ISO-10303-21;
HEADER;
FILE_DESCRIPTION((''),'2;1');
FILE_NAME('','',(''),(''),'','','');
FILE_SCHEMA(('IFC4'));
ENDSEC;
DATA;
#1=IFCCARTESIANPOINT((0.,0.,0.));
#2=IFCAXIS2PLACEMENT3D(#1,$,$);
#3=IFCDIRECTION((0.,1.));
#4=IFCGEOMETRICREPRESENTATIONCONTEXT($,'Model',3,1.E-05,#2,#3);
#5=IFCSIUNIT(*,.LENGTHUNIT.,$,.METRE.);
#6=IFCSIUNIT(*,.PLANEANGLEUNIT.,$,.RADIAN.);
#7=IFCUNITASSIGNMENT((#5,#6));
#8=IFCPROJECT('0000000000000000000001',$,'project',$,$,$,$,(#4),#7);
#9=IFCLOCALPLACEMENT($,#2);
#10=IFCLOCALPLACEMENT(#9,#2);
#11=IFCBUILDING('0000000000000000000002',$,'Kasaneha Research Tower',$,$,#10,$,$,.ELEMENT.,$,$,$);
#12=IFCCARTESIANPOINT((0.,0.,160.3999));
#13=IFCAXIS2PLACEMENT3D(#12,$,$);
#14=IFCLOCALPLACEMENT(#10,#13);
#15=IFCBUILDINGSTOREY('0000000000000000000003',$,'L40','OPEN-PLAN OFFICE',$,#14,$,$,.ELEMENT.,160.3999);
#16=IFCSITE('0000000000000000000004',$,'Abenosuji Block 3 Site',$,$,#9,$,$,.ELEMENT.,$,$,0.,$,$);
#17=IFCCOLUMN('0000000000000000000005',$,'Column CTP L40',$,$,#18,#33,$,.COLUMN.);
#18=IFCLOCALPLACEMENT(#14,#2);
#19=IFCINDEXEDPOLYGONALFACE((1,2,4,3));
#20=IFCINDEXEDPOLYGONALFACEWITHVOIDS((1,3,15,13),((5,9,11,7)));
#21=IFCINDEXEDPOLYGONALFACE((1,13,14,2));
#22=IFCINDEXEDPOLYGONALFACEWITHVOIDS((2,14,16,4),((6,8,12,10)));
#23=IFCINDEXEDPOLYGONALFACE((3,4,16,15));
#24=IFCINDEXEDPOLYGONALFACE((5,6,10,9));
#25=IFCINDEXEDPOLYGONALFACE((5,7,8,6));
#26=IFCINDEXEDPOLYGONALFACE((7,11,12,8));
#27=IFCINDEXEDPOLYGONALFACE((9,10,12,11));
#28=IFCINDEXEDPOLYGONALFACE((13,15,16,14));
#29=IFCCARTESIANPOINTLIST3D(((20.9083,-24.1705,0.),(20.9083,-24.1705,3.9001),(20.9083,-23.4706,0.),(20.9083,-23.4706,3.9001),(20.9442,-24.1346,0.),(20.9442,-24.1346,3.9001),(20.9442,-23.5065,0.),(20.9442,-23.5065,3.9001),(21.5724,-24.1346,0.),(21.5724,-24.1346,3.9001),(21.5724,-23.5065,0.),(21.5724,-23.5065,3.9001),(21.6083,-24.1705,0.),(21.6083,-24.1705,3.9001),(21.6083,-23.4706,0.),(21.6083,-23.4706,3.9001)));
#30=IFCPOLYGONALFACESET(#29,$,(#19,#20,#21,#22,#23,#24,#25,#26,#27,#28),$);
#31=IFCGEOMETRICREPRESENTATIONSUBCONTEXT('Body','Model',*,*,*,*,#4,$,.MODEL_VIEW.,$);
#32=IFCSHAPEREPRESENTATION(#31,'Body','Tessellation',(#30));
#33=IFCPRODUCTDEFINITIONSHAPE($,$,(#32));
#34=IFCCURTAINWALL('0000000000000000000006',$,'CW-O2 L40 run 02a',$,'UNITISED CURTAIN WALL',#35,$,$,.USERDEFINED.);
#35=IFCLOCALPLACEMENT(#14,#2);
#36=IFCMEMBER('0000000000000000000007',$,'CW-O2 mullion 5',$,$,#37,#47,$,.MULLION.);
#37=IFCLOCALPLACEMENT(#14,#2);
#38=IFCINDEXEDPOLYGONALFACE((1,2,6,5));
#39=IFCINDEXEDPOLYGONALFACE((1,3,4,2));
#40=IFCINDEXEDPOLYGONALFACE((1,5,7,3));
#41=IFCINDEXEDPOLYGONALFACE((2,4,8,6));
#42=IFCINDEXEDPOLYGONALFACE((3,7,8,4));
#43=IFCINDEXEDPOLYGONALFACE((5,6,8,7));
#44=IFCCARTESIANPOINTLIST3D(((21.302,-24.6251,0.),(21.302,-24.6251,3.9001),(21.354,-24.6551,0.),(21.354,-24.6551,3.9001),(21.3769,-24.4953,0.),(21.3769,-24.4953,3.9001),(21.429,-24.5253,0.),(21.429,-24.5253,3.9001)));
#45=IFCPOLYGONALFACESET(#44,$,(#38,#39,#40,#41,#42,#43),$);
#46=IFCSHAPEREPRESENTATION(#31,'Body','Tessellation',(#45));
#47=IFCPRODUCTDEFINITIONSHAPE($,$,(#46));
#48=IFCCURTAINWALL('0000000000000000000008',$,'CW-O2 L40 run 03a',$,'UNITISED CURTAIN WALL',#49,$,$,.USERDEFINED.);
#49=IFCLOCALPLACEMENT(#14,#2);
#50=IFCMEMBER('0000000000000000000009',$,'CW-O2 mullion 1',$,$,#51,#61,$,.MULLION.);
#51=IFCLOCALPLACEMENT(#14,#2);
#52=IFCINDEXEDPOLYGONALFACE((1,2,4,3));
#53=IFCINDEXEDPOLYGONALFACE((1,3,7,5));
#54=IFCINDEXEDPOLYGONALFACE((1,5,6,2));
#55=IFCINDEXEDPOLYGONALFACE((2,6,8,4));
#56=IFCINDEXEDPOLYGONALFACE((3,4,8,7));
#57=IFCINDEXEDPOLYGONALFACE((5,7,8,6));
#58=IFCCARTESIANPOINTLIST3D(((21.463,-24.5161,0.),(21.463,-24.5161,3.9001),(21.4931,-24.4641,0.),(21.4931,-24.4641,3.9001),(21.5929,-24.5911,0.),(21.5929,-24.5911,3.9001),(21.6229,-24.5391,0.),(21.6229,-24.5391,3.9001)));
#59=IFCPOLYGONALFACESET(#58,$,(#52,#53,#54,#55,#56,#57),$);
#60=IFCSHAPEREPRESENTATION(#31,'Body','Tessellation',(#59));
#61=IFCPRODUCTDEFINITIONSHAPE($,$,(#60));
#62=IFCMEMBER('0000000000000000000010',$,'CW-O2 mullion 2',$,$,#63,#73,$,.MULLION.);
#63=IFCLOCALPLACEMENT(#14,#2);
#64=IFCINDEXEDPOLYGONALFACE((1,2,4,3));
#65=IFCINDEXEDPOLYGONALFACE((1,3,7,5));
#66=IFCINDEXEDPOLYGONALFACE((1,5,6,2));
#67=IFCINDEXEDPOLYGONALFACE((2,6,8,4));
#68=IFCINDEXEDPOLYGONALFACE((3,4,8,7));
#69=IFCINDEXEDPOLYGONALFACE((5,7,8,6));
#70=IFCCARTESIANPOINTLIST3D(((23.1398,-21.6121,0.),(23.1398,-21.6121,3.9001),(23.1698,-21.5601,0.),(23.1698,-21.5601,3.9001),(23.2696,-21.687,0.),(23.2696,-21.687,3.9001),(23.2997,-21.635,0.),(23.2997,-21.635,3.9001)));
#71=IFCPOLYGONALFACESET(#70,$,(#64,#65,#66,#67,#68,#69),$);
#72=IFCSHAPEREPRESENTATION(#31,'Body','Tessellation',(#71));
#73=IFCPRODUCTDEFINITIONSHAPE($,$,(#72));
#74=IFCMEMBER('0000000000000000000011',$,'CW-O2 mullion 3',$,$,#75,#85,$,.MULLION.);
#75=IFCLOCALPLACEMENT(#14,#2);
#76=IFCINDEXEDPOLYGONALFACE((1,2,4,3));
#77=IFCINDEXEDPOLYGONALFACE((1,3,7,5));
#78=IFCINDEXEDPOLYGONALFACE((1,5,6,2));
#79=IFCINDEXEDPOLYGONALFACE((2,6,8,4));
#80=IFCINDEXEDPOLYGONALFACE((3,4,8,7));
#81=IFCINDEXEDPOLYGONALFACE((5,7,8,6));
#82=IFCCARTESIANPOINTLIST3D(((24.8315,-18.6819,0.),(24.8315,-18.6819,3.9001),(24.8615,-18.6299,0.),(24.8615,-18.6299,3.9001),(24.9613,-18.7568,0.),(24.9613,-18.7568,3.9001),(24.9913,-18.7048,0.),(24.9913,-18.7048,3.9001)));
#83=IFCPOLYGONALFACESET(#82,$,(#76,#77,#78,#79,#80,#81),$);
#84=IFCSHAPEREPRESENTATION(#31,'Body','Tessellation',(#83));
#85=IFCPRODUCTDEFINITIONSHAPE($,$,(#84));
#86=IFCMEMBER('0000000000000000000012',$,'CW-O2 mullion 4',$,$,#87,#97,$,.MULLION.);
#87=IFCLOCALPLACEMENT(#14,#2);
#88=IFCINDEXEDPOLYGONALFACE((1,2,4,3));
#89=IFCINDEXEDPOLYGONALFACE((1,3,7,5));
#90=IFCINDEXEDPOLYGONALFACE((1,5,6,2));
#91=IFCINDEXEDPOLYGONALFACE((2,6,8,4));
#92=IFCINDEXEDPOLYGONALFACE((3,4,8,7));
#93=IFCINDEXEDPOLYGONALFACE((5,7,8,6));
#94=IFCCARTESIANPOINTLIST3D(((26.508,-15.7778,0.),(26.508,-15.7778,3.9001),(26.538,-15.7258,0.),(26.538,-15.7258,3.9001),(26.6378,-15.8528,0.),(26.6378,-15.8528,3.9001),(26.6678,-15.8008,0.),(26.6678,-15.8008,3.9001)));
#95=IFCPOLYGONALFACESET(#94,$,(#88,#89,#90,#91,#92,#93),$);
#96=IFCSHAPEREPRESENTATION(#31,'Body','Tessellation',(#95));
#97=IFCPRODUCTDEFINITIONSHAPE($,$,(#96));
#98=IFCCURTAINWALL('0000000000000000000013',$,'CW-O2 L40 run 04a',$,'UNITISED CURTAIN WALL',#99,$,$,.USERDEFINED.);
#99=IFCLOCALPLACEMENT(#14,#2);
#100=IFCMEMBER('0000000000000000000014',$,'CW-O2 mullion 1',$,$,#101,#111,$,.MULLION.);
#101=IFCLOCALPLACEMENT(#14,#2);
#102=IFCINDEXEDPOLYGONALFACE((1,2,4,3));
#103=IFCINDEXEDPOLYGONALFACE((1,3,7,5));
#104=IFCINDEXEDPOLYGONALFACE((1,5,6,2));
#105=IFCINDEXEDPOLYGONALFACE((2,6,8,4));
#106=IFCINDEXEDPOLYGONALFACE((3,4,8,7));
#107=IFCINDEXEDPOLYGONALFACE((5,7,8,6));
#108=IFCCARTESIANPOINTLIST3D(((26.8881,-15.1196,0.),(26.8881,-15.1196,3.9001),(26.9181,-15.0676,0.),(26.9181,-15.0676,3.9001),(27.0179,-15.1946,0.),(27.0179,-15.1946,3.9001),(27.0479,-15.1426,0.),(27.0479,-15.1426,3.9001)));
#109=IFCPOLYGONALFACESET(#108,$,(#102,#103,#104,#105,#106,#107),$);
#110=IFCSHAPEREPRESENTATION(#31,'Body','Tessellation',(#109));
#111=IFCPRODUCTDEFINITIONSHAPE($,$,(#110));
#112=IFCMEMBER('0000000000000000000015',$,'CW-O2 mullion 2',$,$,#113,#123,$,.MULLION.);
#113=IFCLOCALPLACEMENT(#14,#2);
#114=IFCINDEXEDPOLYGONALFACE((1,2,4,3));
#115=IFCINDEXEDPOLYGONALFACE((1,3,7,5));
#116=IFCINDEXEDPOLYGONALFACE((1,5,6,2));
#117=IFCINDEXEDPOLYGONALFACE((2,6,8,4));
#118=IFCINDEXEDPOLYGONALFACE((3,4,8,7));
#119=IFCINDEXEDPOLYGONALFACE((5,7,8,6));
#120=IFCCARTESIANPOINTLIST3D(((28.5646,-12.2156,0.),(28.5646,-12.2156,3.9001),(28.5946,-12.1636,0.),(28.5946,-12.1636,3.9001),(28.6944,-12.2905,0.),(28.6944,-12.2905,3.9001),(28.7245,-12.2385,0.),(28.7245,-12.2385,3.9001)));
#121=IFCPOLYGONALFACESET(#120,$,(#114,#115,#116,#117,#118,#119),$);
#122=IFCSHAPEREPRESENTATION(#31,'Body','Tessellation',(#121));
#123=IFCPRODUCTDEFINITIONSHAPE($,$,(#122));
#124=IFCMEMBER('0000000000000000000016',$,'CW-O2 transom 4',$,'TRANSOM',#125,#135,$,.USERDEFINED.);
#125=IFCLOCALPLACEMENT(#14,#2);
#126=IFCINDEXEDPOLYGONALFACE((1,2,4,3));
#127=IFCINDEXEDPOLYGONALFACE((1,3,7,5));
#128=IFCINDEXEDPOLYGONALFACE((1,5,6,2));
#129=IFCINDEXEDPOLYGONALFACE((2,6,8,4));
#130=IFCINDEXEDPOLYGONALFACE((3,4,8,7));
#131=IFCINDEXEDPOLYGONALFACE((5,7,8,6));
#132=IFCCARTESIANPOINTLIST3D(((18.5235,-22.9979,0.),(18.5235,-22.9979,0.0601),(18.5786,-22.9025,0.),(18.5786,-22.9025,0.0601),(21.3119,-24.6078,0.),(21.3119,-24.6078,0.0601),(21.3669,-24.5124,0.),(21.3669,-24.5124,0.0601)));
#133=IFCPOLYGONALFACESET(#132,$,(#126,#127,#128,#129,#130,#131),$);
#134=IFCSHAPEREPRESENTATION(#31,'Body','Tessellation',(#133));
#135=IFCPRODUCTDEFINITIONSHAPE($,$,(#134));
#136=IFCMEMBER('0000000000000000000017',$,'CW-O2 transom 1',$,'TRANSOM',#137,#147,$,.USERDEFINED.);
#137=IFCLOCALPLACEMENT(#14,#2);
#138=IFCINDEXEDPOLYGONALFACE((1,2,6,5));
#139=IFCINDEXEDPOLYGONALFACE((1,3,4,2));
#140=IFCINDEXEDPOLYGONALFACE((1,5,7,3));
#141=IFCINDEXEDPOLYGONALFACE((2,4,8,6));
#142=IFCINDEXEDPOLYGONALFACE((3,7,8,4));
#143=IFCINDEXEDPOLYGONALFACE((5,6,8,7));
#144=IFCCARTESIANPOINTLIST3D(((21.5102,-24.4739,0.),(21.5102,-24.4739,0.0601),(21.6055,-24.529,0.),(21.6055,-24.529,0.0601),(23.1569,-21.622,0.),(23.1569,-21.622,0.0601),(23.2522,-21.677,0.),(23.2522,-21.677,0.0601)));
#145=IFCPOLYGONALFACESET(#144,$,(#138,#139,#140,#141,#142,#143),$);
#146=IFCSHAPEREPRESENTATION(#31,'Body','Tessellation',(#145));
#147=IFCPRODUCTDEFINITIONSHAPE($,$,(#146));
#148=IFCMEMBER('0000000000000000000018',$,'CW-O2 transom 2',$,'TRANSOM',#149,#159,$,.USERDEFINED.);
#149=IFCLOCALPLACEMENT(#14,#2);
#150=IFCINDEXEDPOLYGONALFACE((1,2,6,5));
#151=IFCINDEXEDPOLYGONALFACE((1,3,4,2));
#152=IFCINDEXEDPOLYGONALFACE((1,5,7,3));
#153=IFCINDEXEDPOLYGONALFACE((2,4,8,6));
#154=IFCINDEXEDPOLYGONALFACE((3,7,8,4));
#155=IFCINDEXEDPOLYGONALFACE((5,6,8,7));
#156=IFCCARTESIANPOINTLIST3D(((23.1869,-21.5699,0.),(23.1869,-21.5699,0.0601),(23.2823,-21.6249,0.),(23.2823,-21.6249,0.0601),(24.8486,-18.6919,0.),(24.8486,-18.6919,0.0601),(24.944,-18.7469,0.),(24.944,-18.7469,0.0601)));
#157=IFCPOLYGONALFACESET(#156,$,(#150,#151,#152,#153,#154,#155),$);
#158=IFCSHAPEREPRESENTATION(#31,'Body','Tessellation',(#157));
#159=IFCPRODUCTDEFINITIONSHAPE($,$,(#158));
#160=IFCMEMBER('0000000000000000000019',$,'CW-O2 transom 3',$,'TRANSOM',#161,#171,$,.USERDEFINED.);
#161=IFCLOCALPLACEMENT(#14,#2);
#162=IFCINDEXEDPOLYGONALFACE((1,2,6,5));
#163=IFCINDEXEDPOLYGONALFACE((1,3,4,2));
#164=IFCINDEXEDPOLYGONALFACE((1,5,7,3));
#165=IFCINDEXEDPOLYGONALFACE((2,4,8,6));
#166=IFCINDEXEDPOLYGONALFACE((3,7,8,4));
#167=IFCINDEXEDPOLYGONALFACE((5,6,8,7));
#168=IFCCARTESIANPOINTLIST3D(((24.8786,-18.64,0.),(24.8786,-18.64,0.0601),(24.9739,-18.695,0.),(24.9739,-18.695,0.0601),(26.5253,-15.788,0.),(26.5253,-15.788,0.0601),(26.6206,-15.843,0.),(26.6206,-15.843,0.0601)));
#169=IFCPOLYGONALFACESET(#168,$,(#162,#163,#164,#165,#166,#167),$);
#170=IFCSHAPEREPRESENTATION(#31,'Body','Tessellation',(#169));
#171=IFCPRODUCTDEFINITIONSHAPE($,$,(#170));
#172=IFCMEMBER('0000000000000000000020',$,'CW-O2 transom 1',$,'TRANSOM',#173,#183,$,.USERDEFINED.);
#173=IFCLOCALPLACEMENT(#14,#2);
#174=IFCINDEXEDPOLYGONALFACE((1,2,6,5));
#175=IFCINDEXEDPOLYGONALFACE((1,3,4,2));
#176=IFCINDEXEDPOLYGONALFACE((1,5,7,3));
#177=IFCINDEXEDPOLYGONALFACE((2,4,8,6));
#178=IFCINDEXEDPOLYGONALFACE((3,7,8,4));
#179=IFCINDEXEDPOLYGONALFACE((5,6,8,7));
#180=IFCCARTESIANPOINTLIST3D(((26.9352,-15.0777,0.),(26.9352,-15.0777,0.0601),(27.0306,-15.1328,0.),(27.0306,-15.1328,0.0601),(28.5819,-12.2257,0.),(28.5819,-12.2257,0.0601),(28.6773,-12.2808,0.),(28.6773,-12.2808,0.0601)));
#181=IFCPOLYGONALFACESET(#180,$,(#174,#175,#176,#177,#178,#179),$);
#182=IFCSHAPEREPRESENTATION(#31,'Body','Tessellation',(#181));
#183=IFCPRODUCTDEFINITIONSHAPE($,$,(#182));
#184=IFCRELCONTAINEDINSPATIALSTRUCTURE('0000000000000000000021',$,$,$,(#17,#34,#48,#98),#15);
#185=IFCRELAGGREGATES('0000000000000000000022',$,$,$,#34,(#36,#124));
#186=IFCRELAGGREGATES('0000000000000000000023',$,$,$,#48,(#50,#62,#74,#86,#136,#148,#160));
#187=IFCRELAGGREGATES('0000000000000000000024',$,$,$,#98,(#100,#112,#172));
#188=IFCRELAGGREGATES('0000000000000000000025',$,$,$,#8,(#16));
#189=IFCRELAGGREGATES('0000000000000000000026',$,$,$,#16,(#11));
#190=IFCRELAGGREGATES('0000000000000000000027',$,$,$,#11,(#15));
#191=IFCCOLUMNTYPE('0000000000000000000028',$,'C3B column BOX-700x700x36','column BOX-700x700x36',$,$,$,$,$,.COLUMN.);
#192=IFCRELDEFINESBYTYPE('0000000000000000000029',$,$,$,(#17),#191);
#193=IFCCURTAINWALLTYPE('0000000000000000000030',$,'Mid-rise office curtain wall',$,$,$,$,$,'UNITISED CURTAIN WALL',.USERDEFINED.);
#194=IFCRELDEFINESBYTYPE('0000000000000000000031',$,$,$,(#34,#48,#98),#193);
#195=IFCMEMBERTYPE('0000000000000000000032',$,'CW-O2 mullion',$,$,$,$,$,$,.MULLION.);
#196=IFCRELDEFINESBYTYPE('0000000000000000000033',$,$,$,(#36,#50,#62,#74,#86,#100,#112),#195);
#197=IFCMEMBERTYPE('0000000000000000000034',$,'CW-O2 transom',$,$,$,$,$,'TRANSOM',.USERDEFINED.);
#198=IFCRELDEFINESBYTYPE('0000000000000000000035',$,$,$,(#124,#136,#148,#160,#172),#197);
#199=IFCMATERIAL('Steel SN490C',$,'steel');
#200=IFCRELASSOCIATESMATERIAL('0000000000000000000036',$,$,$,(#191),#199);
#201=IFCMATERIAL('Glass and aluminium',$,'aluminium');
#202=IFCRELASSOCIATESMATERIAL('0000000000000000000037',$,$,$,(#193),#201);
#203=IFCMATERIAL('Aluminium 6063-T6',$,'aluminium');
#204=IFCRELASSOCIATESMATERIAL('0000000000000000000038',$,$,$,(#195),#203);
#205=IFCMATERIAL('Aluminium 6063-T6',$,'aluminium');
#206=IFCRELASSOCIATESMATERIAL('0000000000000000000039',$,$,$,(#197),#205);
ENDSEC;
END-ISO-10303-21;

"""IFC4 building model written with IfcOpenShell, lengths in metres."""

from ifc_helpers import new_model, si_unit, direction, frame, origin, origin_2d, place, context, subcontext, project, spatial, rectangle, hollow_rectangle, extrude, material, material_profile, profile_set, type_object, element, aggregate, save


model = new_model("IFC4")

# Units and contexts
model_context = context("Model", 3, precision=1e-05, world=origin(), true_north=direction((0.0, 1.0)))
body_context = subcontext(model_context, "Body", "Model", "MODEL_VIEW")
ifc_project = project(units=[si_unit("LENGTHUNIT", "METRE"), si_unit("PLANEANGLEUNIT", "RADIAN")], contexts=[model_context])

# Site, building, storey
site_placement = place(None, origin())
site = spatial("IfcSite", under=ifc_project, at=site_placement, Name="Abenosuji Block 3 Site", CompositionType="ELEMENT", RefElevation=0.0)
building_placement = place(site_placement, origin())
building = spatial("IfcBuilding", under=site, at=building_placement, Name="Kasaneha Research Tower", CompositionType="ELEMENT")
storey_placement = place(building_placement, frame((0.0, 0.0, 160.3999)))
storey = spatial("IfcBuildingStorey", under=building, at=storey_placement, Name="L40", Description="OPEN-PLAN OFFICE", CompositionType="ELEMENT", Elevation=160.3999)

# Column
ifc_material_1 = material(Name="Steel SN490C", Category="steel")
ifc_material_profile_1 = material_profile(ifc_material_1, hollow_rectangle(XDim=0.7, YDim=0.7, WallThickness=0.0359, at=origin_2d()), Name="BOX-700x700x36")
ifc_profile_set_1 = profile_set([ifc_material_profile_1], Name="Steel SN490C")
column_type = type_object("IfcColumnType", Name="C3B column BOX-700x700x36", Description="column BOX-700x700x36", PredefinedType="COLUMN", material=ifc_profile_set_1)
column_placement = place(storey_placement, frame((21.2583, -23.8206, 0.0), z_axis=(0.0, 0.0, 1.0), x_axis=(1.0, 0.0, 0.0)))
element("IfcColumn", 1, at=column_placement, inside=storey, type_object=column_type, Name="Column CTP L40", PredefinedType="COLUMN", context=body_context, shape_type="SweptSolid", body=[
    extrude(hollow_rectangle(XDim=0.7, YDim=0.7, WallThickness=0.0359, at=origin_2d()), origin(), (0.0, 0.0, 1.0), 3.9001),
])

# Curtain wall, member
ifc_material_2 = material(Name="Glass and aluminium", Category="aluminium")
curtain_wall_type = type_object("IfcCurtainWallType", Name="Mid-rise office curtain wall", ElementType="UNITISED CURTAIN WALL", PredefinedType="USERDEFINED", material=ifc_material_2)
curtain_wall_1_placement = place(storey_placement, origin())
curtain_wall_1 = element("IfcCurtainWall", 2, at=curtain_wall_1_placement, inside=storey, type_object=curtain_wall_type, Name="CW-O2 L40 run 02a", ObjectType="UNITISED CURTAIN WALL", PredefinedType="USERDEFINED")
ifc_material_3 = material(Name="Aluminium 6063-T6", Category="aluminium")
ifc_material_profile_2 = material_profile(ifc_material_3, rectangle(XDim=0.0601, YDim=0.1499, at=origin_2d()), Name="CW-O2 mullion 60x150")
ifc_profile_set_2 = profile_set([ifc_material_profile_2], Name="Aluminium 6063-T6")
member_type_1 = type_object("IfcMemberType", Name="CW-O2 mullion", PredefinedType="MULLION", material=ifc_profile_set_2)
member_1_placement = place(storey_placement, frame((21.3655, -24.5752, 0.0), z_axis=(0.0, 0.0, 1.0), x_axis=(0.866025, -0.5, 0.0)))
member_1 = element("IfcMember", 3, at=member_1_placement, type_object=member_type_1, Name="CW-O2 mullion 5", PredefinedType="MULLION", context=body_context, shape_type="SweptSolid", body=[
    extrude(rectangle(XDim=0.0601, YDim=0.1499, at=origin_2d()), origin(), (0.0, 0.0, 1.0), 3.9001),
])

# Curtain walls, members
curtain_wall_2_placement = place(storey_placement, origin())
curtain_wall_2 = element("IfcCurtainWall", 4, at=curtain_wall_2_placement, inside=storey, type_object=curtain_wall_type, Name="CW-O2 L40 run 03a", ObjectType="UNITISED CURTAIN WALL", PredefinedType="USERDEFINED")
member_2_placement = place(storey_placement, frame((21.543, -24.5276, 0.0), z_axis=(0.0, 0.0, 1.0), x_axis=(0.5, 0.866025, 0.0)))
member_2 = element("IfcMember", 5, at=member_2_placement, type_object=member_type_1, Name="CW-O2 mullion 1", PredefinedType="MULLION", context=body_context, shape_type="SweptSolid", body=[
    extrude(rectangle(XDim=0.0601, YDim=0.1499, at=origin_2d()), origin(), (0.0, 0.0, 1.0), 3.9001),
])
member_3_placement = place(storey_placement, frame((23.2197, -21.6235, 0.0), z_axis=(0.0, 0.0, 1.0), x_axis=(0.5, 0.866025, 0.0)))
member_3 = element("IfcMember", 6, at=member_3_placement, type_object=member_type_1, Name="CW-O2 mullion 2", PredefinedType="MULLION", context=body_context, shape_type="SweptSolid", body=[
    extrude(rectangle(XDim=0.0601, YDim=0.1499, at=origin_2d()), origin(), (0.0, 0.0, 1.0), 3.9001),
])
member_4_placement = place(storey_placement, frame((24.9114, -18.6934, 0.0), z_axis=(0.0, 0.0, 1.0), x_axis=(0.5, 0.866025, 0.0)))
member_4 = element("IfcMember", 7, at=member_4_placement, type_object=member_type_1, Name="CW-O2 mullion 3", PredefinedType="MULLION", context=body_context, shape_type="SweptSolid", body=[
    extrude(rectangle(XDim=0.0601, YDim=0.1499, at=origin_2d()), origin(), (0.0, 0.0, 1.0), 3.9001),
])
member_5_placement = place(storey_placement, frame((26.5879, -15.7893, 0.0), z_axis=(0.0, 0.0, 1.0), x_axis=(0.5, 0.866025, 0.0)))
member_5 = element("IfcMember", 8, at=member_5_placement, type_object=member_type_1, Name="CW-O2 mullion 4", PredefinedType="MULLION", context=body_context, shape_type="SweptSolid", body=[
    extrude(rectangle(XDim=0.0601, YDim=0.1499, at=origin_2d()), origin(), (0.0, 0.0, 1.0), 3.9001),
])
curtain_wall_3_placement = place(storey_placement, origin())
curtain_wall_3 = element("IfcCurtainWall", 9, at=curtain_wall_3_placement, inside=storey, type_object=curtain_wall_type, Name="CW-O2 L40 run 04a", ObjectType="UNITISED CURTAIN WALL", PredefinedType="USERDEFINED")
member_6_placement = place(storey_placement, frame((26.968, -15.1311, 0.0), z_axis=(0.0, 0.0, 1.0), x_axis=(0.5, 0.866025, 0.0)))
member_6 = element("IfcMember", 10, at=member_6_placement, type_object=member_type_1, Name="CW-O2 mullion 1", PredefinedType="MULLION", context=body_context, shape_type="SweptSolid", body=[
    extrude(rectangle(XDim=0.0601, YDim=0.1499, at=origin_2d()), origin(), (0.0, 0.0, 1.0), 3.9001),
])
member_7_placement = place(storey_placement, frame((28.6445, -12.2271, 0.0), z_axis=(0.0, 0.0, 1.0), x_axis=(0.5, 0.866025, 0.0)))
member_7 = element("IfcMember", 11, at=member_7_placement, type_object=member_type_1, Name="CW-O2 mullion 2", PredefinedType="MULLION", context=body_context, shape_type="SweptSolid", body=[
    extrude(rectangle(XDim=0.0601, YDim=0.1499, at=origin_2d()), origin(), (0.0, 0.0, 1.0), 3.9001),
])

# Members
ifc_material_4 = material(Name="Aluminium 6063-T6", Category="aluminium")
ifc_material_profile_3 = material_profile(ifc_material_4, rectangle(XDim=0.1101, YDim=0.0601, at=origin_2d()), Name="CW-O2 transom 110x60")
ifc_profile_set_3 = profile_set([ifc_material_profile_3], Name="Aluminium 6063-T6")
member_type_2 = type_object("IfcMemberType", Name="CW-O2 transom", ElementType="TRANSOM", PredefinedType="USERDEFINED", material=ifc_profile_set_3)
member_8_placement = place(storey_placement, frame((18.551, -22.9502, 0.03), z_axis=(0.866023, -0.500005, 0.0), x_axis=(0.500005, 0.866023, 0.0)))
member_8 = element("IfcMember", 12, at=member_8_placement, type_object=member_type_2, Name="CW-O2 transom 4", ObjectType="TRANSOM", PredefinedType="USERDEFINED", context=body_context, shape_type="SweptSolid", body=[
    extrude(rectangle(XDim=0.1101, YDim=0.0601, at=origin_2d()), origin(), (0.0, 0.0, 1.0), 3.2197),
])
member_9_placement = place(storey_placement, frame((21.5579, -24.5015, 0.03), z_axis=(0.500022, 0.866013, 0.0), x_axis=(-0.866013, 0.500022, 0.0)))
member_9 = element("IfcMember", 13, at=member_9_placement, type_object=member_type_2, Name="CW-O2 transom 1", ObjectType="TRANSOM", PredefinedType="USERDEFINED", context=body_context, shape_type="SweptSolid", body=[
    extrude(rectangle(XDim=0.1101, YDim=0.0601, at=origin_2d()), origin(), (0.0, 0.0, 1.0), 3.2932),
])
member_10_placement = place(storey_placement, frame((23.2346, -21.5974, 0.03), z_axis=(0.500011, 0.866019, 0.0), x_axis=(-0.866019, 0.500011, 0.0)))
member_10 = element("IfcMember", 14, at=member_10_placement, type_object=member_type_2, Name="CW-O2 transom 2", ObjectType="TRANSOM", PredefinedType="USERDEFINED", context=body_context, shape_type="SweptSolid", body=[
    extrude(rectangle(XDim=0.1101, YDim=0.0601, at=origin_2d()), origin(), (0.0, 0.0, 1.0), 3.3232),
])
member_11_placement = place(storey_placement, frame((24.9263, -18.6675, 0.03), z_axis=(0.500022, 0.866013, 0.0), x_axis=(-0.866013, 0.500022, 0.0)))
member_11 = element("IfcMember", 15, at=member_11_placement, type_object=member_type_2, Name="CW-O2 transom 3", ObjectType="TRANSOM", PredefinedType="USERDEFINED", context=body_context, shape_type="SweptSolid", body=[
    extrude(rectangle(XDim=0.1101, YDim=0.0601, at=origin_2d()), origin(), (0.0, 0.0, 1.0), 3.2932),
])
member_12_placement = place(storey_placement, frame((26.9829, -15.1052, 0.03), z_axis=(0.500022, 0.866013, 0.0), x_axis=(-0.866013, 0.500022, 0.0)))
member_12 = element("IfcMember", 16, at=member_12_placement, type_object=member_type_2, Name="CW-O2 transom 1", ObjectType="TRANSOM", PredefinedType="USERDEFINED", context=body_context, shape_type="SweptSolid", body=[
    extrude(rectangle(XDim=0.1101, YDim=0.0601, at=origin_2d()), origin(), (0.0, 0.0, 1.0), 3.2932),
])

aggregate(curtain_wall_1, [member_1, member_8])
aggregate(curtain_wall_2, [member_2, member_3, member_4, member_5, member_9, member_10, member_11])
aggregate(curtain_wall_3, [member_6, member_7, member_12])

save(model, "model.ifc")
